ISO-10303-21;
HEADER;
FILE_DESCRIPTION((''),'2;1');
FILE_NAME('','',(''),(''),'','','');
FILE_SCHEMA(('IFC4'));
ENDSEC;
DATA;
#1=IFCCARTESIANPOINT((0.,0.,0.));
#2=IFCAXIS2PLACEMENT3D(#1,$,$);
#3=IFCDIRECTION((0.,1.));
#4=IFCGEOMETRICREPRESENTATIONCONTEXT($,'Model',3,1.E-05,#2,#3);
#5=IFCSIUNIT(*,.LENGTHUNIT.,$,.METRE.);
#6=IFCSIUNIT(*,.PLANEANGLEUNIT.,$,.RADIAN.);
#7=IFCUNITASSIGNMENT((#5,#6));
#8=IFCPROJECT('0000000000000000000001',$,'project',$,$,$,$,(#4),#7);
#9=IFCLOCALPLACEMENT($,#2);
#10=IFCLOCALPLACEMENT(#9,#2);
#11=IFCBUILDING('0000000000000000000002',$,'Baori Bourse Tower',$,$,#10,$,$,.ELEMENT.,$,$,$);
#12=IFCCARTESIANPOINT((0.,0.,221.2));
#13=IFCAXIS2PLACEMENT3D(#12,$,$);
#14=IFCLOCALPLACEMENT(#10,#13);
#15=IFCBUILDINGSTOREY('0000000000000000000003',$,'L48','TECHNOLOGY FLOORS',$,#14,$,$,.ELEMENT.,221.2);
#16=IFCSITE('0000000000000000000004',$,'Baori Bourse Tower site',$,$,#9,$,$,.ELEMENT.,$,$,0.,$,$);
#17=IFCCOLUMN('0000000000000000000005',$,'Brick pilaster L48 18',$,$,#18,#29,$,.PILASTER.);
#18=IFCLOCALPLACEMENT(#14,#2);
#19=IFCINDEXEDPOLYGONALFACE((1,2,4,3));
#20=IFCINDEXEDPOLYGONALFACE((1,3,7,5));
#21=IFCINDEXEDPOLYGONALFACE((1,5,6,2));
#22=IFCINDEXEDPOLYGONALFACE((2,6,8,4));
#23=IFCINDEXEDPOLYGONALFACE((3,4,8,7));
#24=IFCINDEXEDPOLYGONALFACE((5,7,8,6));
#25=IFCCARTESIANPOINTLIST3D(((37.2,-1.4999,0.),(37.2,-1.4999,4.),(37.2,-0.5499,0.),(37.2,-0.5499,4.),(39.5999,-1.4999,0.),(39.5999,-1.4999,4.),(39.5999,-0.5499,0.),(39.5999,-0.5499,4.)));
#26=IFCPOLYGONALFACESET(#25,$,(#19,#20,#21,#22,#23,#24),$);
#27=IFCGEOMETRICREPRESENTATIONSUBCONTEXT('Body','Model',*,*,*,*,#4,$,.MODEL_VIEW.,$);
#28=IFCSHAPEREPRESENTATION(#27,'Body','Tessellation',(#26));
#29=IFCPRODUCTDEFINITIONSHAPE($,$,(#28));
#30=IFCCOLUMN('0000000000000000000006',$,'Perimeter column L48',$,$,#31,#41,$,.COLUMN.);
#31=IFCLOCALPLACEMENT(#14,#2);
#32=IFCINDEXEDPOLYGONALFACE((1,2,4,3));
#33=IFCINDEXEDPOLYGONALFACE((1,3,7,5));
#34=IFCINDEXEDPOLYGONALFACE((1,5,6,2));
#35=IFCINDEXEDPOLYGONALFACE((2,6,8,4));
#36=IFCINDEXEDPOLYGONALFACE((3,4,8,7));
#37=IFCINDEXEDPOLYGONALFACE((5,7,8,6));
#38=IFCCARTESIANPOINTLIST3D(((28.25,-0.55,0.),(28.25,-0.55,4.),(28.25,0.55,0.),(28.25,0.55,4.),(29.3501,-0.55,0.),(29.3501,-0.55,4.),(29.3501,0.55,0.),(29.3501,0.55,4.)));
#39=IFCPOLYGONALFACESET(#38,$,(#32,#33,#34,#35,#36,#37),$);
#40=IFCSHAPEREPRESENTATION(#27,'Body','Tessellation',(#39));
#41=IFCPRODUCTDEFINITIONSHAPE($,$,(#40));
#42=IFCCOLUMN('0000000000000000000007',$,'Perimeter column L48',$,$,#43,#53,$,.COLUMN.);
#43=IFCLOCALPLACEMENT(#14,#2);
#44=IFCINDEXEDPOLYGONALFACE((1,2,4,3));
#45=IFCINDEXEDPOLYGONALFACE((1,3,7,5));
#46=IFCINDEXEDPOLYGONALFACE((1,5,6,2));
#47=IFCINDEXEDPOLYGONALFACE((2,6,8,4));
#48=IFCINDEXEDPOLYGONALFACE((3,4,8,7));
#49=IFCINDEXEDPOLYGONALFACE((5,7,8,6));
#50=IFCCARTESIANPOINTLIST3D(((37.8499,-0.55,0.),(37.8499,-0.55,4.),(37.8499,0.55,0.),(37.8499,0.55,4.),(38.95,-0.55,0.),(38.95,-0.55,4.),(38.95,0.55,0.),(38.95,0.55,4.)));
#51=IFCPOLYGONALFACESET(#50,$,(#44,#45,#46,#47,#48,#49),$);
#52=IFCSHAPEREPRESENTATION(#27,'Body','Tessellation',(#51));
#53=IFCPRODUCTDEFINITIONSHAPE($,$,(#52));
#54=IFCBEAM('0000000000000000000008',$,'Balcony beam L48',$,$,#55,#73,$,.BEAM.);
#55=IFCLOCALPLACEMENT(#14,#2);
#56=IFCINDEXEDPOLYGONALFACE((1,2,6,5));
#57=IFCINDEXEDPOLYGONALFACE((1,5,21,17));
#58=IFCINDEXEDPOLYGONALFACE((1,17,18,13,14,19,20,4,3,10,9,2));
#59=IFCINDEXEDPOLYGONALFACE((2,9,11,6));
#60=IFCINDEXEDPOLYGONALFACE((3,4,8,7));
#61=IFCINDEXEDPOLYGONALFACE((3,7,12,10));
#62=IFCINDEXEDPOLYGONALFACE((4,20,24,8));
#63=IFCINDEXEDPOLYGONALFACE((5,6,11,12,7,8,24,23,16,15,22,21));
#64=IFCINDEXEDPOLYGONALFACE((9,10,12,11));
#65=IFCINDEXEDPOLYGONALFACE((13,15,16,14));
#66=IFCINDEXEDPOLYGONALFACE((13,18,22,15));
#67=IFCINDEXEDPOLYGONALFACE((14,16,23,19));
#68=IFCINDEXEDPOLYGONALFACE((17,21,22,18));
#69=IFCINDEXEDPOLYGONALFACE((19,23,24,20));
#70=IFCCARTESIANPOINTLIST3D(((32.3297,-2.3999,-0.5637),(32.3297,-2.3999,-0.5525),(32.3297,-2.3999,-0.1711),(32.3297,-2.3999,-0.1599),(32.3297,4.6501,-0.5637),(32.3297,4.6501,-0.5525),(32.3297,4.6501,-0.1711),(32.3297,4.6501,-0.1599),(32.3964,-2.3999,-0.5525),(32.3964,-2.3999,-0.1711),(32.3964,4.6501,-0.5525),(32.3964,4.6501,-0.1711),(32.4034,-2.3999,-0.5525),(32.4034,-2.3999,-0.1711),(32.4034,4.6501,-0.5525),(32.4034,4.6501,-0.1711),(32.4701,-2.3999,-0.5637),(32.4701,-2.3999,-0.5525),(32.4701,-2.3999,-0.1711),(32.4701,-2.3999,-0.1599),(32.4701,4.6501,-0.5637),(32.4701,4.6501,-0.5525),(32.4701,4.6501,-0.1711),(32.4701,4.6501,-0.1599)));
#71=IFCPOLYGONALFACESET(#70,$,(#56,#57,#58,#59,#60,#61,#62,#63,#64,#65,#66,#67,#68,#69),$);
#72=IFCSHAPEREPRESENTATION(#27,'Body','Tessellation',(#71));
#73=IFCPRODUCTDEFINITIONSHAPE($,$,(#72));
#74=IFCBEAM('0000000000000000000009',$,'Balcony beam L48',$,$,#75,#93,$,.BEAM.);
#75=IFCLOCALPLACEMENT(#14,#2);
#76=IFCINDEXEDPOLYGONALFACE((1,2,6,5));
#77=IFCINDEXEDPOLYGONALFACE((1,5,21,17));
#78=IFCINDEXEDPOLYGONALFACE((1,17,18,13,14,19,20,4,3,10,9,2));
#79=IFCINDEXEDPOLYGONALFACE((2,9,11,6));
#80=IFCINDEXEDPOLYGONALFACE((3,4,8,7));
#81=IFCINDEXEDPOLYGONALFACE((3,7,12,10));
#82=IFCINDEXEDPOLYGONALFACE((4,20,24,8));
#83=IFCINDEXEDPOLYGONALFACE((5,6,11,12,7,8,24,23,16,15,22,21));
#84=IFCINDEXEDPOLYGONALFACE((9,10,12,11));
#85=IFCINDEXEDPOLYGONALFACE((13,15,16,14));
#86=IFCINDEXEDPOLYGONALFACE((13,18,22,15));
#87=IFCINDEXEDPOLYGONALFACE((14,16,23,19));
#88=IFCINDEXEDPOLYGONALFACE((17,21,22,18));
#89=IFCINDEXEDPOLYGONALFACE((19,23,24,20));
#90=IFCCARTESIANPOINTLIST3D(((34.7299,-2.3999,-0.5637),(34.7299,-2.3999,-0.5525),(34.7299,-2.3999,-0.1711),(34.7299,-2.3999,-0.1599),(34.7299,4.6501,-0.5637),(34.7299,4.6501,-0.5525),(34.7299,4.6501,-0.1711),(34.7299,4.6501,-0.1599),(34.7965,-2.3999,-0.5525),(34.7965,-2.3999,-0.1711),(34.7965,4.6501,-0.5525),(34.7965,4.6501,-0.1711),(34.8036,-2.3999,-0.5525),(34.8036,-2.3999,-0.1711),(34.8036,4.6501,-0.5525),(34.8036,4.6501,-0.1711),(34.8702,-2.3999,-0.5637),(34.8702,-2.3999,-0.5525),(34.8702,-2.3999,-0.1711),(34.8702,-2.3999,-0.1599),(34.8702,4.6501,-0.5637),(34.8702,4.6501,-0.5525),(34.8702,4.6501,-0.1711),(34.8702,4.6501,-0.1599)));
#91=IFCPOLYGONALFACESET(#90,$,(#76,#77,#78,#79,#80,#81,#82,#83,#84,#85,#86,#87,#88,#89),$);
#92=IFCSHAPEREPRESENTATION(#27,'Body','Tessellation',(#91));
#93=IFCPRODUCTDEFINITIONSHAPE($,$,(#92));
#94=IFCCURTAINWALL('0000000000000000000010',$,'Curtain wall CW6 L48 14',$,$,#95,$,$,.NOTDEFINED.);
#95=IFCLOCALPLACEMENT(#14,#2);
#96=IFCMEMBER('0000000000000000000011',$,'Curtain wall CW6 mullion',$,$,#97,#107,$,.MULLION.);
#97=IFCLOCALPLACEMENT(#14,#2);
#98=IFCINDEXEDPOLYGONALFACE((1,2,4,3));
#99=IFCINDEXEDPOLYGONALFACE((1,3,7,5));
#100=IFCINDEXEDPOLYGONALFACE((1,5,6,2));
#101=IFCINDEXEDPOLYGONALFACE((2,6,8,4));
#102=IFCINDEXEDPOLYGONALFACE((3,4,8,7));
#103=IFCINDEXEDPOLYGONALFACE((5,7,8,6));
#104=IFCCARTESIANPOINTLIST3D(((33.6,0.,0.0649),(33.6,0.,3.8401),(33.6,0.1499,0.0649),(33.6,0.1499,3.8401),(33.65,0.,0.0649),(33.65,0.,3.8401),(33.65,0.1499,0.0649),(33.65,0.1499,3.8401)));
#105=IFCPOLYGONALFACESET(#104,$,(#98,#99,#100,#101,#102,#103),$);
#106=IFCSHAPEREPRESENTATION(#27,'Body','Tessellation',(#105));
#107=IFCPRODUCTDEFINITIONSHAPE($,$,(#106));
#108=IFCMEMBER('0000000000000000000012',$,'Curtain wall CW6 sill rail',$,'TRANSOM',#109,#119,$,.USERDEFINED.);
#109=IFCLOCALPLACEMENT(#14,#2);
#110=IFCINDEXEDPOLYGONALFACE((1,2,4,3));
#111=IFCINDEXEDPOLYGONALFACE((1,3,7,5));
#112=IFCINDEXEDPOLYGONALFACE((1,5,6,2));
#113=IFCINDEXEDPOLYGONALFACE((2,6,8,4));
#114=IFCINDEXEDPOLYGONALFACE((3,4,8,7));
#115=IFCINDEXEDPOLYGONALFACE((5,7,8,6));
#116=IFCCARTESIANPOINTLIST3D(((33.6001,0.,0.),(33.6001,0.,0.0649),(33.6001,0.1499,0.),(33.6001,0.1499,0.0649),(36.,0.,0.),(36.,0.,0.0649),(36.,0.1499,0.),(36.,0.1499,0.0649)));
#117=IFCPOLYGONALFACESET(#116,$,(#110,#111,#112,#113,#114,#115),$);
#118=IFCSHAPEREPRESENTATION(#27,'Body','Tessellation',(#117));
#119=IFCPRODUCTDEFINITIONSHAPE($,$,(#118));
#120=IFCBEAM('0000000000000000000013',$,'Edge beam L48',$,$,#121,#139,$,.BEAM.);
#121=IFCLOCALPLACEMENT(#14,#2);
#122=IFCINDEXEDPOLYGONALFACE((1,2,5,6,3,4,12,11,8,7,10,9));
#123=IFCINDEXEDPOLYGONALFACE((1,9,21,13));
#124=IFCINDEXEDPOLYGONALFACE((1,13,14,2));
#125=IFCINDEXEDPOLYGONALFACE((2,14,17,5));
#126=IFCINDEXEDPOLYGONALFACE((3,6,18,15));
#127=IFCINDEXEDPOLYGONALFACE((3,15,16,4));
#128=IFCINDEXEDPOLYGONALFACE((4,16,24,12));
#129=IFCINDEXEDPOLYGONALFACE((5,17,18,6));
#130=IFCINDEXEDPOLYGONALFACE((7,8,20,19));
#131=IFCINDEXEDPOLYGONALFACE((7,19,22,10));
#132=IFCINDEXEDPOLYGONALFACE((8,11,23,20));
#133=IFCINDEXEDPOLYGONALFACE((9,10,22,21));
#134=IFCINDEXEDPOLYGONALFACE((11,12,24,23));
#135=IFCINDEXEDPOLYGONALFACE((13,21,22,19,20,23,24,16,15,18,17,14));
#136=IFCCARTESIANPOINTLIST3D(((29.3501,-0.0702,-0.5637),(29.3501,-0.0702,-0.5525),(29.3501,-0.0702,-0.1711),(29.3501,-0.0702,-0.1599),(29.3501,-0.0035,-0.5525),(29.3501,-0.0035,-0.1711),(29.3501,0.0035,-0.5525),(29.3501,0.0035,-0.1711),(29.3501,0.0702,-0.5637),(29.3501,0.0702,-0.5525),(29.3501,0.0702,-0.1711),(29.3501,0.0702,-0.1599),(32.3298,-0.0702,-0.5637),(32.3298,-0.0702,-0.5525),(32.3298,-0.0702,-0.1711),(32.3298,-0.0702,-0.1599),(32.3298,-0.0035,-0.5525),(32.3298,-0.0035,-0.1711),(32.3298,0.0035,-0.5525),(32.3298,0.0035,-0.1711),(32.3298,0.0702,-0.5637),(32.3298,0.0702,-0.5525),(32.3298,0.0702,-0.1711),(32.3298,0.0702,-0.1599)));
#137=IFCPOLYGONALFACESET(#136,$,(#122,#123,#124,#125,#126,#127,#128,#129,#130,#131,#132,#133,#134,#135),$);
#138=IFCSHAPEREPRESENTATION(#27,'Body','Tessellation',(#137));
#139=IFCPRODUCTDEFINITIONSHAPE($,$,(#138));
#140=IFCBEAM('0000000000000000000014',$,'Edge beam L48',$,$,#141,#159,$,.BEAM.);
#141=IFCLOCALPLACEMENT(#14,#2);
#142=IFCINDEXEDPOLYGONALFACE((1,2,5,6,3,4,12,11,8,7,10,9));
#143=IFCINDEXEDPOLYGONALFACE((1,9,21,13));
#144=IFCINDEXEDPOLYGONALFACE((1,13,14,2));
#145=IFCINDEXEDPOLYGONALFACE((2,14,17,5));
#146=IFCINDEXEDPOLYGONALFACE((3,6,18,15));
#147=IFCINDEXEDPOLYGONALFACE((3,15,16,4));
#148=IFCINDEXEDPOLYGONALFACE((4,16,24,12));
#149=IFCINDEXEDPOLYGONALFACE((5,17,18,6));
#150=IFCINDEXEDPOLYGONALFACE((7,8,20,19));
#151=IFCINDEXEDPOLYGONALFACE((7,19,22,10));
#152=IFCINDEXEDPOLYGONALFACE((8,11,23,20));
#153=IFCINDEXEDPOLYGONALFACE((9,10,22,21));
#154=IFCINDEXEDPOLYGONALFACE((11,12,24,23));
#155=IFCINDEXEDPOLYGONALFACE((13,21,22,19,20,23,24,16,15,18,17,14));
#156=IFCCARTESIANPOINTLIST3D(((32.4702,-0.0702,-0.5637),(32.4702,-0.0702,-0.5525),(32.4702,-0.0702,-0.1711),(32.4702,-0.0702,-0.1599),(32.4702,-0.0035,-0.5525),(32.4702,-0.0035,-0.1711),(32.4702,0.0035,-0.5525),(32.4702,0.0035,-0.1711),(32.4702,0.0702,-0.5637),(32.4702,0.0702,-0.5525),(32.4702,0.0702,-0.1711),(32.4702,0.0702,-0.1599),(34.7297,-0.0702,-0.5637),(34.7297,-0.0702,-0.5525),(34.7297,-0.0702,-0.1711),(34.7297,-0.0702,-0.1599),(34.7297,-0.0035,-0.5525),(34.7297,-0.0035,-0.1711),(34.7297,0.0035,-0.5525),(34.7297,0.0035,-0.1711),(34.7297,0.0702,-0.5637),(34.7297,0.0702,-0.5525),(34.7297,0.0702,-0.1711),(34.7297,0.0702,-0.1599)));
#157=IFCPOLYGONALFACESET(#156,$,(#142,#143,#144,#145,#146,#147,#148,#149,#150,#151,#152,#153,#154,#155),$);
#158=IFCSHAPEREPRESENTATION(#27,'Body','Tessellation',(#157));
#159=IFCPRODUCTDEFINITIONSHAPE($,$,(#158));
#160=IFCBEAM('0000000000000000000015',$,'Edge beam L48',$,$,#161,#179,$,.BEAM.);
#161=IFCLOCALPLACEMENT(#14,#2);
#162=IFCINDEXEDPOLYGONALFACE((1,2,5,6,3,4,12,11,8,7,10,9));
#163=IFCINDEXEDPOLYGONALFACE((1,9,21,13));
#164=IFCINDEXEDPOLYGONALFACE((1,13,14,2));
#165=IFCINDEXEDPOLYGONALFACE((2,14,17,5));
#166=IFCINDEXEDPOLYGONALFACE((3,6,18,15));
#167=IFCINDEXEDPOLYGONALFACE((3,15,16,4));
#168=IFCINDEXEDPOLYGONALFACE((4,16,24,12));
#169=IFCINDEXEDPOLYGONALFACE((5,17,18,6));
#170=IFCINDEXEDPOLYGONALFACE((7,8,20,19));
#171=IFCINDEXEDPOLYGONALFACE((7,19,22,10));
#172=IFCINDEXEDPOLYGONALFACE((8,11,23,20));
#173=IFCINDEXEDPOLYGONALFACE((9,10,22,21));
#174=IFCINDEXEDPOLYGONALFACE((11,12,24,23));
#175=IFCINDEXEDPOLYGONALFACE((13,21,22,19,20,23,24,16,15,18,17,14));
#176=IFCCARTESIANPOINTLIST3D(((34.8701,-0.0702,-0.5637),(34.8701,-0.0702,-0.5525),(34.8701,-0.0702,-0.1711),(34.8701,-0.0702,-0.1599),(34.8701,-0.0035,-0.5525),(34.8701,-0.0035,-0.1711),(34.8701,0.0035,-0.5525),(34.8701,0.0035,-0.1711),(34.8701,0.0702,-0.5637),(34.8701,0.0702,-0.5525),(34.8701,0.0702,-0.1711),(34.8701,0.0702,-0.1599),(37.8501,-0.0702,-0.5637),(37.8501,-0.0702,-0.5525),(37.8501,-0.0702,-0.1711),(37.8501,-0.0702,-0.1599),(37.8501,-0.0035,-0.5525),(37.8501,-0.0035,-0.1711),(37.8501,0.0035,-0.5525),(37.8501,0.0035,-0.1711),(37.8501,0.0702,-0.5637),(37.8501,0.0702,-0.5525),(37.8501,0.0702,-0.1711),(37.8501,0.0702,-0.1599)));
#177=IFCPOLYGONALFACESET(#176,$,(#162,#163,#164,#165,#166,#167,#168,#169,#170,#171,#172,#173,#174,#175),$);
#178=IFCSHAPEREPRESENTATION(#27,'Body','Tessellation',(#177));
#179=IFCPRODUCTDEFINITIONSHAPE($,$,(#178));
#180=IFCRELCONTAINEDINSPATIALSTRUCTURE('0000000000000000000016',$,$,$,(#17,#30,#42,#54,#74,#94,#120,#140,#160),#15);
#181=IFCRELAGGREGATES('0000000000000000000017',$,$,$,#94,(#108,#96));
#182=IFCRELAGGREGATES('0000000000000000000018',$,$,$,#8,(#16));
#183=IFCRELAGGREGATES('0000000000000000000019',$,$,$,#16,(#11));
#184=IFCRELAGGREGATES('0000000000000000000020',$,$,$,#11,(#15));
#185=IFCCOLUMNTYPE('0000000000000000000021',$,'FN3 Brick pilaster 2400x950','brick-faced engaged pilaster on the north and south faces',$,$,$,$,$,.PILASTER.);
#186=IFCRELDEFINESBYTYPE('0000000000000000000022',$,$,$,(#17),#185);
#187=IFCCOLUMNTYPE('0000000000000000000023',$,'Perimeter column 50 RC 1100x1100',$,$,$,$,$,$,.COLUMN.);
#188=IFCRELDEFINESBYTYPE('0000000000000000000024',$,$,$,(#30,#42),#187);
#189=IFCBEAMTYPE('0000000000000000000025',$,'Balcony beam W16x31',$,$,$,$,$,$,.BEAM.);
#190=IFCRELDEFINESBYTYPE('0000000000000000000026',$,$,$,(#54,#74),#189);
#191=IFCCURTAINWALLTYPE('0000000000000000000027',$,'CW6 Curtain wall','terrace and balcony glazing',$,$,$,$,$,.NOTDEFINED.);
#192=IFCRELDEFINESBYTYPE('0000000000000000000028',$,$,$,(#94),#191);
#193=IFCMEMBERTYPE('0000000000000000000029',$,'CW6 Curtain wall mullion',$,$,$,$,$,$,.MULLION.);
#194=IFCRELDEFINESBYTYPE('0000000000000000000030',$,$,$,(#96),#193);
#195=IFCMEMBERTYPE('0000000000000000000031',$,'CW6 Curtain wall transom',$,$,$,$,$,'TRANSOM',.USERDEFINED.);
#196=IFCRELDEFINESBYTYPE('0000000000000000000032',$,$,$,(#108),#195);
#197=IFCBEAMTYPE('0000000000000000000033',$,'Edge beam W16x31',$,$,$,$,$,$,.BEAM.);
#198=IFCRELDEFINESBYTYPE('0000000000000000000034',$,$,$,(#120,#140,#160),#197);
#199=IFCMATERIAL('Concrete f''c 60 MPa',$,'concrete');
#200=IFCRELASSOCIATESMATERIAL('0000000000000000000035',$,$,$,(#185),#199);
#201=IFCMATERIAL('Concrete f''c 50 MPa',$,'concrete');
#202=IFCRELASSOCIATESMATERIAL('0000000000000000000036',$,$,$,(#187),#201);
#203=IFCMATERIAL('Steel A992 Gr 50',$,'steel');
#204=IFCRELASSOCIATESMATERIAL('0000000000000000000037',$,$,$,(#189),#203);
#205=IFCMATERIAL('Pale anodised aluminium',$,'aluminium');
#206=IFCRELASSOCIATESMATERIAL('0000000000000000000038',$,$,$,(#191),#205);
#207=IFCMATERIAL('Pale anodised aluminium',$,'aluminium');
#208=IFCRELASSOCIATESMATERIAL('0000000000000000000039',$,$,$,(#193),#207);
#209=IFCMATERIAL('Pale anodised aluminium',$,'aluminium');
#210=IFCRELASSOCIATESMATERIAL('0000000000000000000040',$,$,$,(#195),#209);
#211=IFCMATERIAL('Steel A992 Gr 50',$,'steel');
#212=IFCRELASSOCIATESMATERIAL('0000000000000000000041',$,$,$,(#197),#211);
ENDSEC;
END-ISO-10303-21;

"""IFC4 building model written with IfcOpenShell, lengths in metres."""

from ifc_helpers import new_model, si_unit, direction, frame, origin, origin_2d, place, context, subcontext, project, spatial, rectangle, i_section, extrude, material, material_profile, profile_set, type_object, element, aggregate, save


model = new_model("IFC4")

# Units and contexts
model_context = context("Model", 3, precision=1e-05, world=origin(), true_north=direction((0.0, 1.0)))
body_context = subcontext(model_context, "Body", "Model", "MODEL_VIEW")
ifc_project = project(units=[si_unit("LENGTHUNIT", "METRE"), si_unit("PLANEANGLEUNIT", "RADIAN")], contexts=[model_context])

# Site, building, storey
site_placement = place(None, origin())
site = spatial("IfcSite", under=ifc_project, at=site_placement, Name="Baori Bourse Tower site", CompositionType="ELEMENT", RefElevation=0.0)
building_placement = place(site_placement, origin())
building = spatial("IfcBuilding", under=site, at=building_placement, Name="Baori Bourse Tower", CompositionType="ELEMENT")
storey_placement = place(building_placement, frame((0.0, 0.0, 221.2)))
storey = spatial("IfcBuildingStorey", under=building, at=storey_placement, Name="L48", Description="TECHNOLOGY FLOORS", CompositionType="ELEMENT", Elevation=221.2)

# Columns
ifc_material_1 = material(Name="Concrete f'c 60 MPa", Category="concrete")
ifc_material_profile_1 = material_profile(ifc_material_1, rectangle(XDim=2.3999, YDim=0.95, at=origin_2d()), Name="RC 2400x950")
ifc_profile_set_1 = profile_set([ifc_material_profile_1], Name="Concrete f'c 60 MPa")
column_type_1 = type_object("IfcColumnType", Name="FN3 Brick pilaster 2400x950", Description="brick-faced engaged pilaster on the north and south faces", PredefinedType="PILASTER", material=ifc_profile_set_1)
column_placement = place(storey_placement, frame((38.3999, -1.0249, 0.0), z_axis=(0.0, 0.0, 1.0), x_axis=(1.0, 0.0, 0.0)))
element("IfcColumn", 1, at=column_placement, inside=storey, type_object=column_type_1, Name="Brick pilaster L48 18", PredefinedType="PILASTER", context=body_context, shape_type="SweptSolid", body=[
    extrude(rectangle(XDim=2.3999, YDim=0.95, at=origin_2d()), origin(), (0.0, 0.0, 1.0), 4.0),
])
ifc_material_2 = material(Name="Concrete f'c 50 MPa", Category="concrete")
ifc_material_profile_2 = material_profile(ifc_material_2, rectangle(XDim=1.1001, YDim=1.1001, at=origin_2d()), Name="RC 1100x1100")
ifc_profile_set_2 = profile_set([ifc_material_profile_2], Name="Concrete f'c 50 MPa")
column_type_2 = type_object("IfcColumnType", Name="Perimeter column 50 RC 1100x1100", PredefinedType="COLUMN", material=ifc_profile_set_2)
for number, where, z_axis, x_axis, name in (
    (2, (28.8, 0.0, 0.0), (0.0, 0.0, 1.0), (1.0, 0.0, 0.0), "Perimeter column L48"),
    (3, (38.3999, 0.0, 0.0), (0.0, 0.0, 1.0), (1.0, 0.0, 0.0), "Perimeter column L48"),
):
    element("IfcColumn", number, at=place(storey_placement, frame(where, z_axis=z_axis, x_axis=x_axis)), inside=storey, type_object=column_type_2, Name=name, PredefinedType="COLUMN", context=body_context, shape_type="SweptSolid", body=[
        extrude(rectangle(XDim=1.1001, YDim=1.1001, at=origin_2d()), origin(), (0.0, 0.0, 1.0), 4.0),
    ])

# Beams
ifc_material_3 = material(Name="Steel A992 Gr 50", Category="steel")
ifc_material_profile_3 = material_profile(ifc_material_3, i_section(OverallWidth=0.1404, OverallDepth=0.4038, WebThickness=0.0071, FlangeThickness=0.0112, at=origin_2d()), Name="W16x31")
ifc_profile_set_3 = profile_set([ifc_material_profile_3], Name="Steel A992 Gr 50")
beam_type_1 = type_object("IfcBeamType", Name="Balcony beam W16x31", PredefinedType="BEAM", material=ifc_profile_set_3)
for number, where, z_axis, x_axis, name in (
    (4, (32.3999, -2.3999, -0.3618), (0.0, 1.0, 0.0), (-1.0, 0.0, 0.0), "Balcony beam L48"),
    (5, (34.8, -2.3999, -0.3618), (0.0, 1.0, 0.0), (-1.0, 0.0, 0.0), "Balcony beam L48"),
):
    element("IfcBeam", number, at=place(storey_placement, frame(where, z_axis=z_axis, x_axis=x_axis)), inside=storey, type_object=beam_type_1, Name=name, PredefinedType="BEAM", context=body_context, shape_type="SweptSolid", body=[
        extrude(i_section(OverallWidth=0.1404, OverallDepth=0.4038, WebThickness=0.0071, FlangeThickness=0.0112, at=origin_2d()), origin(), (0.0, 0.0, 1.0), 7.05),
    ])

# Curtain wall, members
ifc_material_4 = material(Name="Pale anodised aluminium", Category="aluminium")
curtain_wall_type = type_object("IfcCurtainWallType", Name="CW6 Curtain wall", Description="terrace and balcony glazing", PredefinedType="NOTDEFINED", material=ifc_material_4)
curtain_wall_placement = place(storey_placement, origin())
curtain_wall = element("IfcCurtainWall", 6, at=curtain_wall_placement, inside=storey, type_object=curtain_wall_type, Name="Curtain wall CW6 L48 14", PredefinedType="NOTDEFINED")
ifc_material_5 = material(Name="Pale anodised aluminium", Category="aluminium")
ifc_material_profile_4 = material_profile(ifc_material_5, rectangle(XDim=0.1499, YDim=0.05, at=origin_2d()), Name="Mullion 50x150")
ifc_profile_set_4 = profile_set([ifc_material_profile_4], Name="Pale anodised aluminium")
member_type_1 = type_object("IfcMemberType", Name="CW6 Curtain wall mullion", PredefinedType="MULLION", material=ifc_profile_set_4)
member_1_placement = place(storey_placement, frame((33.625, 0.075, 0.0649), z_axis=(0.0, 0.0, 1.0), x_axis=(0.0, 1.0, 0.0)))
member_1 = element("IfcMember", 7, at=member_1_placement, type_object=member_type_1, Name="Curtain wall CW6 mullion", PredefinedType="MULLION", context=body_context, shape_type="SweptSolid", body=[
    extrude(rectangle(XDim=0.1499, YDim=0.05, at=origin_2d()), origin(), (0.0, 0.0, 1.0), 3.7751),
])
ifc_material_6 = material(Name="Pale anodised aluminium", Category="aluminium")
ifc_material_profile_5 = material_profile(ifc_material_6, rectangle(XDim=0.1499, YDim=0.0649, at=origin_2d()), Name="Transom 65x150")
ifc_profile_set_5 = profile_set([ifc_material_profile_5], Name="Pale anodised aluminium")
member_type_2 = type_object("IfcMemberType", Name="CW6 Curtain wall transom", ElementType="TRANSOM", PredefinedType="USERDEFINED", material=ifc_profile_set_5)
member_2_placement = place(storey_placement, frame((33.6001, 0.075, 0.0325), z_axis=(1.0, 0.0, 0.0), x_axis=(0.0, 1.0, 0.0)))
member_2 = element("IfcMember", 8, at=member_2_placement, type_object=member_type_2, Name="Curtain wall CW6 sill rail", ObjectType="TRANSOM", PredefinedType="USERDEFINED", context=body_context, shape_type="SweptSolid", body=[
    extrude(rectangle(XDim=0.1499, YDim=0.0649, at=origin_2d()), origin(), (0.0, 0.0, 1.0), 2.3999),
])
aggregate(curtain_wall, [member_2, member_1])

# Beams
ifc_material_7 = material(Name="Steel A992 Gr 50", Category="steel")
ifc_material_profile_6 = material_profile(ifc_material_7, i_section(OverallWidth=0.1404, OverallDepth=0.4038, WebThickness=0.0071, FlangeThickness=0.0112, at=origin_2d()), Name="W16x31")
ifc_profile_set_6 = profile_set([ifc_material_profile_6], Name="Steel A992 Gr 50")
beam_type_2 = type_object("IfcBeamType", Name="Edge beam W16x31", PredefinedType="BEAM", material=ifc_profile_set_6)
beam_1_placement = place(storey_placement, frame((29.3501, 0.0, -0.3618), z_axis=(1.0, 0.0, 0.0), x_axis=(0.0, 1.0, 0.0)))
element("IfcBeam", 9, at=beam_1_placement, inside=storey, type_object=beam_type_2, Name="Edge beam L48", PredefinedType="BEAM", context=body_context, shape_type="SweptSolid", body=[
    extrude(i_section(OverallWidth=0.1404, OverallDepth=0.4038, WebThickness=0.0071, FlangeThickness=0.0112, at=origin_2d()), origin(), (0.0, 0.0, 1.0), 2.9797),
])
beam_2_placement = place(storey_placement, frame((32.4702, 0.0, -0.3618), z_axis=(1.0, 0.0, 0.0), x_axis=(0.0, 1.0, 0.0)))
element("IfcBeam", 10, at=beam_2_placement, inside=storey, type_object=beam_type_2, Name="Edge beam L48", PredefinedType="BEAM", context=body_context, shape_type="SweptSolid", body=[
    extrude(i_section(OverallWidth=0.1404, OverallDepth=0.4038, WebThickness=0.0071, FlangeThickness=0.0112, at=origin_2d()), origin(), (0.0, 0.0, 1.0), 2.2595),
])
beam_3_placement = place(storey_placement, frame((34.8701, 0.0, -0.3618), z_axis=(1.0, 0.0, 0.0), x_axis=(0.0, 1.0, 0.0)))
element("IfcBeam", 11, at=beam_3_placement, inside=storey, type_object=beam_type_2, Name="Edge beam L48", PredefinedType="BEAM", context=body_context, shape_type="SweptSolid", body=[
    extrude(i_section(OverallWidth=0.1404, OverallDepth=0.4038, WebThickness=0.0071, FlangeThickness=0.0112, at=origin_2d()), origin(), (0.0, 0.0, 1.0), 2.98),
])

save(model, "model.ifc")
